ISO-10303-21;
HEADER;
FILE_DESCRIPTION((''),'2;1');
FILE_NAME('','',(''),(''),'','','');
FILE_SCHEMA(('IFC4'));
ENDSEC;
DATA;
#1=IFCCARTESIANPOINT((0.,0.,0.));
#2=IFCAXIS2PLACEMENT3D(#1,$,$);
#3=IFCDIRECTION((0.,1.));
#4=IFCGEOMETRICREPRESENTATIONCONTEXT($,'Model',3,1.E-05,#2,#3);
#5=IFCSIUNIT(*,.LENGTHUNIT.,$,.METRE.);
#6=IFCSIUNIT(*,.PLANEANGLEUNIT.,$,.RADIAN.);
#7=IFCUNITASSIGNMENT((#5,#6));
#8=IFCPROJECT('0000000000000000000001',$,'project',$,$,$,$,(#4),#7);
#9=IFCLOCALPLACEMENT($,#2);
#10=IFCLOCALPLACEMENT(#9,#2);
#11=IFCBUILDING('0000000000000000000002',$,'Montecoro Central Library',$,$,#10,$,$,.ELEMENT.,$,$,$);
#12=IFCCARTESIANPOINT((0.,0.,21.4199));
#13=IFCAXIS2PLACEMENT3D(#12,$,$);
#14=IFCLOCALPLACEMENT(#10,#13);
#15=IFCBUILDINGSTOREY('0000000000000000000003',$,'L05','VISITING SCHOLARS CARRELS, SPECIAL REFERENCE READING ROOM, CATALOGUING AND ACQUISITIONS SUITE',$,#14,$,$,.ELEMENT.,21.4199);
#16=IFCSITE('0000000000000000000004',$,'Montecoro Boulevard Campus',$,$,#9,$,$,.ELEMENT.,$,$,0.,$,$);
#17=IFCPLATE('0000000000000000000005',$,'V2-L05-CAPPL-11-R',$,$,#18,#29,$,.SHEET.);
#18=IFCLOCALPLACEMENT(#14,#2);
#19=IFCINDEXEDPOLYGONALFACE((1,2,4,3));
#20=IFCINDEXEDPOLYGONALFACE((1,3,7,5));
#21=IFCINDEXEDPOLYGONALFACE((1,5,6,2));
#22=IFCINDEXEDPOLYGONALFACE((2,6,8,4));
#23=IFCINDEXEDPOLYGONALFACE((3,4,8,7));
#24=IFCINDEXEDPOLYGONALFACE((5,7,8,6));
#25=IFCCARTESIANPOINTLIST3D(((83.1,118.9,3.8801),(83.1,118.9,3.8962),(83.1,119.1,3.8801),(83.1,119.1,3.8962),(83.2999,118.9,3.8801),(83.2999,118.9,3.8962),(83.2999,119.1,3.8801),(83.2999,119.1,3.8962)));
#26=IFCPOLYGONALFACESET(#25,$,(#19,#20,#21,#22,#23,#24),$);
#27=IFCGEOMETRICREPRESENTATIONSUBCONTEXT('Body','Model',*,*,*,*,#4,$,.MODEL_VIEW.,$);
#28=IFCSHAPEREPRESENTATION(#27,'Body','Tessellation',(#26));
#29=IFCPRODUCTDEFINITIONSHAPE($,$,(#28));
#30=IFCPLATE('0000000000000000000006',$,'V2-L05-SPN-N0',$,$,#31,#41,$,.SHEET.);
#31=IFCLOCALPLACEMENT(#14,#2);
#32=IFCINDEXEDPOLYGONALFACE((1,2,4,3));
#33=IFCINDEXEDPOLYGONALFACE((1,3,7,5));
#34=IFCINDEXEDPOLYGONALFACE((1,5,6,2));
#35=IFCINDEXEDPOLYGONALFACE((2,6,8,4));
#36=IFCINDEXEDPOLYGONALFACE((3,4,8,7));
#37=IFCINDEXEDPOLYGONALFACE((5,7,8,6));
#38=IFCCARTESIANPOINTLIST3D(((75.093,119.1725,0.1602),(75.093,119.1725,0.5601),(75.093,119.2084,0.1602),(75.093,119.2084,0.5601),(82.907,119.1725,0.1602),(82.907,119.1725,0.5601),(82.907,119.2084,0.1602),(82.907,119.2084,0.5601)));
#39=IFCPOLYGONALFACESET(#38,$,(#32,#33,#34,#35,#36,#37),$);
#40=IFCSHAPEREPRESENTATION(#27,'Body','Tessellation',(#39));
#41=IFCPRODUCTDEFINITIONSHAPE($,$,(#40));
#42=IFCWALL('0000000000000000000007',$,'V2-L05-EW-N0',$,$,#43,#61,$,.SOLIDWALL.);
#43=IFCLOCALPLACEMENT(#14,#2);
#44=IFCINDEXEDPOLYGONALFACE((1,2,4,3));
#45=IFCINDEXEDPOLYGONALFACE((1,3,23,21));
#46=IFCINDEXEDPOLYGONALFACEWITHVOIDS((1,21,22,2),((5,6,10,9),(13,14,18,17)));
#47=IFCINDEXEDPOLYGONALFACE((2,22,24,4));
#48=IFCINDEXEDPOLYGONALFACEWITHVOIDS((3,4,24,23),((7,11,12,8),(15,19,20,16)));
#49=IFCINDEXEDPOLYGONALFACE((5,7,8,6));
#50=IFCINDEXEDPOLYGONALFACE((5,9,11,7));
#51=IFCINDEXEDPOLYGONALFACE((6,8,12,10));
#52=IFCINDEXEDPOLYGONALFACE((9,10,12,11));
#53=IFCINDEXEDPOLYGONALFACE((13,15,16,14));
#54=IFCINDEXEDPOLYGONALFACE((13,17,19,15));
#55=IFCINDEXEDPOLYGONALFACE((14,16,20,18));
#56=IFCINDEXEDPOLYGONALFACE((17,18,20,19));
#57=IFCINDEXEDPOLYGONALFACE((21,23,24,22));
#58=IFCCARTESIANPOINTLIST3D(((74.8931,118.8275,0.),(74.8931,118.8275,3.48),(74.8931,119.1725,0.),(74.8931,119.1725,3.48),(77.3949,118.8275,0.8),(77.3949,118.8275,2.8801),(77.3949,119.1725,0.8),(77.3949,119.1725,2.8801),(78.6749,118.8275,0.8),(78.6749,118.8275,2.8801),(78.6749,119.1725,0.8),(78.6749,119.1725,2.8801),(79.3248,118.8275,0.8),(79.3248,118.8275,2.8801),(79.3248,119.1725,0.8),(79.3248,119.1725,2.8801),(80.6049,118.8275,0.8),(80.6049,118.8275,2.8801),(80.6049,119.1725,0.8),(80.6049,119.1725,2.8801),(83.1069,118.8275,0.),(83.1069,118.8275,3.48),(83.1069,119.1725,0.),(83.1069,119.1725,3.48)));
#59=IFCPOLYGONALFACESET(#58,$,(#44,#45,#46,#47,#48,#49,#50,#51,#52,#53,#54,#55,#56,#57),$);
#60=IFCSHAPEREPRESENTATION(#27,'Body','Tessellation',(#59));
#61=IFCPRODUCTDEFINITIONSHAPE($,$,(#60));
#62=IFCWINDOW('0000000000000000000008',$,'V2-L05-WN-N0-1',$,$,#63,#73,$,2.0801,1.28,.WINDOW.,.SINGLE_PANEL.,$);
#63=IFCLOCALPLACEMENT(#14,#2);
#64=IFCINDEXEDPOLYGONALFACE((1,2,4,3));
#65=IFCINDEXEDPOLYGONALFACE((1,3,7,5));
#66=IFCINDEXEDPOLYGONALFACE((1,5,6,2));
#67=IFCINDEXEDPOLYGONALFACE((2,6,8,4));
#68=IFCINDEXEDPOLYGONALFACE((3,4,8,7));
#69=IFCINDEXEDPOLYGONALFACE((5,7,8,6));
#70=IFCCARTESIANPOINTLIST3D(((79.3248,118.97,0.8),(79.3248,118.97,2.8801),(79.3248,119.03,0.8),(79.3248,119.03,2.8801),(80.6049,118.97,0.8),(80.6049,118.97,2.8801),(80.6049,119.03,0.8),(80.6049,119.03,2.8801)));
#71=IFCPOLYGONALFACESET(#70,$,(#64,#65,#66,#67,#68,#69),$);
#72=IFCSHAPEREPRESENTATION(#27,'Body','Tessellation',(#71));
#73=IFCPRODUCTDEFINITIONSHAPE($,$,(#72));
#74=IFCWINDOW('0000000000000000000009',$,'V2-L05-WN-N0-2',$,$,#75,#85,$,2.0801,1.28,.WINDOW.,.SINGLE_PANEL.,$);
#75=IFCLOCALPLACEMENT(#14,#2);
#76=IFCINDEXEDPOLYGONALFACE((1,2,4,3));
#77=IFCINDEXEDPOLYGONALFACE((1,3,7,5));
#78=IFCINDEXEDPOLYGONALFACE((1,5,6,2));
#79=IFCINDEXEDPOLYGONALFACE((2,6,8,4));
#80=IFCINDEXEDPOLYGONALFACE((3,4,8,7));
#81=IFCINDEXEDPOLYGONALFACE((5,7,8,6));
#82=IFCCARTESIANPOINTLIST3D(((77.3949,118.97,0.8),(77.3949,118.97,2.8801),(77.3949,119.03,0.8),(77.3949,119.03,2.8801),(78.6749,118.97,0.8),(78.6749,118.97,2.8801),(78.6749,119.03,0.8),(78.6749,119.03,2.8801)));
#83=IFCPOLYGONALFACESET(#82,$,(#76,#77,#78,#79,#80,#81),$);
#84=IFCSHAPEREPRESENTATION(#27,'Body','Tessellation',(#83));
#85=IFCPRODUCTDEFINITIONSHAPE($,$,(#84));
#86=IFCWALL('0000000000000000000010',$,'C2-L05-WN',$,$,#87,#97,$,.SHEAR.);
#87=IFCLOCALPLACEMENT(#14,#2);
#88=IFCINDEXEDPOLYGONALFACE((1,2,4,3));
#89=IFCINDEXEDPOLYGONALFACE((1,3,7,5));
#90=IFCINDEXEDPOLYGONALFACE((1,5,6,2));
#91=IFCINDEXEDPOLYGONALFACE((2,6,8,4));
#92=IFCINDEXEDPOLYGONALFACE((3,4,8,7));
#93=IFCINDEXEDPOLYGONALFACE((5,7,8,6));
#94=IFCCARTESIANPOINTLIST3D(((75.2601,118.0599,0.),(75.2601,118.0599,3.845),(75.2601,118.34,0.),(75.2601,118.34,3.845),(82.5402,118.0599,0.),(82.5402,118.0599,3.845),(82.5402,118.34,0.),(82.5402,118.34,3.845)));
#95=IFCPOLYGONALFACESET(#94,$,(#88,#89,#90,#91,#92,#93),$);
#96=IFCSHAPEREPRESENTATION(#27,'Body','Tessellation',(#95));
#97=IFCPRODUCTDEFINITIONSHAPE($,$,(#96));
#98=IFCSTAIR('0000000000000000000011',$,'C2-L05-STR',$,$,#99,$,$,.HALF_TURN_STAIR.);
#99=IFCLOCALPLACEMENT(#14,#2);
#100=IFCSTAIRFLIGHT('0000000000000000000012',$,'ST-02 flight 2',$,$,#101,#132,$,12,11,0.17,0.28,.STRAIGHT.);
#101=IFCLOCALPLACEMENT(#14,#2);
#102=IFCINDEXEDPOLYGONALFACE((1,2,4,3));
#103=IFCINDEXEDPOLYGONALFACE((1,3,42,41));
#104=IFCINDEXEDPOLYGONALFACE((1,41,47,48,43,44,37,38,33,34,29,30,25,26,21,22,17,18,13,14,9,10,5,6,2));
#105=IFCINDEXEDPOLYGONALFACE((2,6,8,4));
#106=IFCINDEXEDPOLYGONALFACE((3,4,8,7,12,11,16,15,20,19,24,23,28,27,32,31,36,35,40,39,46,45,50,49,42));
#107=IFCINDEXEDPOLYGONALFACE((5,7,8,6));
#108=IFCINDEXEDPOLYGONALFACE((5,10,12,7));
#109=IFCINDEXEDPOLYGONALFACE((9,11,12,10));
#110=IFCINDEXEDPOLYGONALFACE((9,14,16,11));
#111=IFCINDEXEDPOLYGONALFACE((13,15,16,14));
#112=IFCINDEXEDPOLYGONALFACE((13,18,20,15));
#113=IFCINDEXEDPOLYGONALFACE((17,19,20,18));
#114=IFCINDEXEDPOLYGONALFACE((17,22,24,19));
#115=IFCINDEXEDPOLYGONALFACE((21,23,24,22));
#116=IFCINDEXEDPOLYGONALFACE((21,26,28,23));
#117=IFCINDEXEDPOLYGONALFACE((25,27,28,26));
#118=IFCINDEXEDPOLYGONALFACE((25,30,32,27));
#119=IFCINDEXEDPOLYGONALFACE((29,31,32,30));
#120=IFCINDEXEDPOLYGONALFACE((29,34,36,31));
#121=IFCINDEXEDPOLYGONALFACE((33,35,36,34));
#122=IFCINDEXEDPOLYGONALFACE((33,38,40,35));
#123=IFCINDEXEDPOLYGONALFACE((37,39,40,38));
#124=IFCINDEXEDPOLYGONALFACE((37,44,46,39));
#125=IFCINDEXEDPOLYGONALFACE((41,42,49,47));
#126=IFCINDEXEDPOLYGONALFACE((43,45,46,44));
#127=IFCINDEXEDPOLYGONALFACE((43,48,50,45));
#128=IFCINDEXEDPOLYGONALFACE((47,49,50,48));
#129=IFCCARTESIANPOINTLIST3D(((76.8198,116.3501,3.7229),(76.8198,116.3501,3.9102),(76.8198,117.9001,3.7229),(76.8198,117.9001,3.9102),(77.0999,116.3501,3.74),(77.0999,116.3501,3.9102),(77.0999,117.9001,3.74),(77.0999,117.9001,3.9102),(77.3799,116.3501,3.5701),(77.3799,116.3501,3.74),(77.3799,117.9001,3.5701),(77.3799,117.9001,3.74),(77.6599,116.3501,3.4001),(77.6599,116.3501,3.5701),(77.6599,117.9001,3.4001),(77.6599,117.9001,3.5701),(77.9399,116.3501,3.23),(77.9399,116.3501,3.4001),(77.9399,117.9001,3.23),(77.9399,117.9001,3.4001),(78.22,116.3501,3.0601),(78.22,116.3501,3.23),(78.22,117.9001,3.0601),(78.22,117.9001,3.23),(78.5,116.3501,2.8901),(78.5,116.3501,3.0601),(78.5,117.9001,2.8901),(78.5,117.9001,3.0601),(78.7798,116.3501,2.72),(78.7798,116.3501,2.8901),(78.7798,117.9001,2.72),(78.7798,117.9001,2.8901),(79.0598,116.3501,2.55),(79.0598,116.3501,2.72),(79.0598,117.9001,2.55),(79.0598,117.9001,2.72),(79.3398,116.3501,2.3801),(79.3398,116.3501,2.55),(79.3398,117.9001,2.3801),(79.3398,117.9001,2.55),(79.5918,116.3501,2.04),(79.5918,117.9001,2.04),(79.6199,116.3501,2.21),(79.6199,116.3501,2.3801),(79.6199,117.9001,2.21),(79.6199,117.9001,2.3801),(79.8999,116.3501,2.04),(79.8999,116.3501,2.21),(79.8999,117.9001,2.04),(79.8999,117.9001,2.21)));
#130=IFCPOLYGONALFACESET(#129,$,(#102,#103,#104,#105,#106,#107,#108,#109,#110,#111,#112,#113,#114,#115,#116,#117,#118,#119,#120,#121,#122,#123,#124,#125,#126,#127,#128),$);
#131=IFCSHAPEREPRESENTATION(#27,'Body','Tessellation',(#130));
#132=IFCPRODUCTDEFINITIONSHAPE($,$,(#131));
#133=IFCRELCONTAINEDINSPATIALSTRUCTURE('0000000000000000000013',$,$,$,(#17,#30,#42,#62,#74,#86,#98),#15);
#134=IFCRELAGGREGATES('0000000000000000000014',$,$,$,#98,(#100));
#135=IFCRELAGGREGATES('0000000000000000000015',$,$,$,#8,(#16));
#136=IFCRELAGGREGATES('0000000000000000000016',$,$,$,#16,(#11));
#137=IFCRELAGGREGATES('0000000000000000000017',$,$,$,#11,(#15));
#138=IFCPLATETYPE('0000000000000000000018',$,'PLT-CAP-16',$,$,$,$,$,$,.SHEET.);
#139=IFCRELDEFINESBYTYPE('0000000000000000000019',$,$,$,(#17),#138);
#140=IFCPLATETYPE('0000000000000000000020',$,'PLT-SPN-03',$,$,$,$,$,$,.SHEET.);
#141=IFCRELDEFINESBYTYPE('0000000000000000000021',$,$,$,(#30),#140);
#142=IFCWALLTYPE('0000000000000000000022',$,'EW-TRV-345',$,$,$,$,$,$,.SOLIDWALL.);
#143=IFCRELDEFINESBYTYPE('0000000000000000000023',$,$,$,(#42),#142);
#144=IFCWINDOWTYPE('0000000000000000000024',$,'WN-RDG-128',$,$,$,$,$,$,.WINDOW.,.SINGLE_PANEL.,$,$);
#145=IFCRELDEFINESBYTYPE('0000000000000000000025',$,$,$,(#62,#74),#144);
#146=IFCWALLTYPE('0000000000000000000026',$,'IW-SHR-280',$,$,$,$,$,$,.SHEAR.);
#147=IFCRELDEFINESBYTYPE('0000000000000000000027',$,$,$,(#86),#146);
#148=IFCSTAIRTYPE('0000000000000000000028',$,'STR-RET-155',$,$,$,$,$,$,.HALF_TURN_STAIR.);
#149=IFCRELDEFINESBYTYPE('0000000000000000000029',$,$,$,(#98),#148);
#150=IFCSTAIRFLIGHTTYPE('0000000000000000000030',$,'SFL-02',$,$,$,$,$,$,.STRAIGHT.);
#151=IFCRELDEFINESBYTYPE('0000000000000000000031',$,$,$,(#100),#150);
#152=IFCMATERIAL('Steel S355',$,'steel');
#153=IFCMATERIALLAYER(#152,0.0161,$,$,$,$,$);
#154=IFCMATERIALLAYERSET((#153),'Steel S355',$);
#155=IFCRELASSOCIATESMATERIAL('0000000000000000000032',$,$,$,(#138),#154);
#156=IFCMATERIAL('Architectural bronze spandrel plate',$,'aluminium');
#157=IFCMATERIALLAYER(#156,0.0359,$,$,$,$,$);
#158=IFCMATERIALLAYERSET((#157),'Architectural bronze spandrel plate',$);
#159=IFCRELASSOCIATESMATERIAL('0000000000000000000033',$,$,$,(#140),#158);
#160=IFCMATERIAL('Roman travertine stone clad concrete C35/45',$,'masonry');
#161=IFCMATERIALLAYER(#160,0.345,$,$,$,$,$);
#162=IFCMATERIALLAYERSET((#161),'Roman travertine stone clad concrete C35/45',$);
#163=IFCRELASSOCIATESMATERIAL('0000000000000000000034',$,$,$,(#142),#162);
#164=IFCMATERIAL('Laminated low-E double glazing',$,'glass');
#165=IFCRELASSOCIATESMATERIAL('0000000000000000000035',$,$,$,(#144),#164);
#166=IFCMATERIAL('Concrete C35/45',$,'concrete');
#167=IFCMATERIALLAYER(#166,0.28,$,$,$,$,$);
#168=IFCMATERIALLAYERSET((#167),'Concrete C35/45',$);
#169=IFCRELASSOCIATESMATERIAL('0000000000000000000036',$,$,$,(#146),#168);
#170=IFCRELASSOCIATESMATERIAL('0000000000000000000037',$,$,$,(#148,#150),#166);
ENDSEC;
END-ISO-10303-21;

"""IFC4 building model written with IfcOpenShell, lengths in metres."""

from ifc_helpers import new_model, si_unit, direction, frame, frame_2d, origin, origin_2d, place, context, subcontext, project, spatial, polyline, rectangle, outline, extrude, material, layer, layer_set, type_object, element, fill, aggregate, save


model = new_model("IFC4")

# Units and contexts
model_context = context("Model", 3, precision=1e-05, world=origin(), true_north=direction((0.0, 1.0)))
body_context = subcontext(model_context, "Body", "Model", "MODEL_VIEW")
ifc_project = project(units=[si_unit("LENGTHUNIT", "METRE"), si_unit("PLANEANGLEUNIT", "RADIAN")], contexts=[model_context])

# Site, building, storey
site_placement = place(None, origin())
site = spatial("IfcSite", under=ifc_project, at=site_placement, Name="Montecoro Boulevard Campus", CompositionType="ELEMENT", RefElevation=0.0)
building_placement = place(site_placement, origin())
building = spatial("IfcBuilding", under=site, at=building_placement, Name="Montecoro Central Library", CompositionType="ELEMENT")
storey_placement = place(building_placement, frame((0.0, 0.0, 21.4199)))
storey = spatial("IfcBuildingStorey", under=building, at=storey_placement, Name="L05", Description="VISITING SCHOLARS CARRELS, SPECIAL REFERENCE READING ROOM, CATALOGUING AND ACQUISITIONS SUITE", CompositionType="ELEMENT", Elevation=21.4199)

# Shared definitions
ifc_material_1 = material(Name="Steel S355", Category="steel")

# Shared definitions
ifc_material_2 = material(Name="Laminated low-E double glazing", Category="glass")

# Plates
ifc_layer_1 = layer(ifc_material_1, 0.0161)
ifc_layer_set_1 = layer_set([ifc_layer_1], Name="Steel S355")
plate_type_1 = type_object("IfcPlateType", Name="PLT-CAP-16", PredefinedType="SHEET", material=ifc_layer_set_1)
for number, where, z_axis, x_axis, name in (
    (1, (83.2, 119.0, 3.8801), (0.0, 0.0, 1.0), (1.0, 0.0, 0.0), "V2-L05-CAPPL-11-R"),
):
    element("IfcPlate", number, at=place(storey_placement, frame(where, z_axis=z_axis, x_axis=x_axis)), inside=storey, type_object=plate_type_1, Name=name, PredefinedType="SHEET", context=body_context, shape_type="SweptSolid", body=[
        extrude(rectangle(XDim=0.2, YDim=0.2, at=origin_2d()), origin(), (0.0, 0.0, 1.0), 0.0161),
    ])
ifc_material_3 = material(Name="Architectural bronze spandrel plate", Category="aluminium")
ifc_layer_2 = layer(ifc_material_3, 0.0359)
ifc_layer_set_2 = layer_set([ifc_layer_2], Name="Architectural bronze spandrel plate")
plate_type_2 = type_object("IfcPlateType", Name="PLT-SPN-03", PredefinedType="SHEET", material=ifc_layer_set_2)
plate_1_placement = place(storey_placement, frame((79.0, 119.1904, 0.1602), z_axis=(0.0, 0.0, 1.0), x_axis=(-1.0, 0.0, 0.0)))
element("IfcPlate", 2, at=plate_1_placement, inside=storey, type_object=plate_type_2, Name="V2-L05-SPN-N0", PredefinedType="SHEET", context=body_context, shape_type="SweptSolid", body=[
    extrude(rectangle(XDim=7.814, YDim=0.0359, at=origin_2d()), origin(), (0.0, 0.0, 1.0), 0.3999),
])

# Wall, openings, windows
ifc_material_4 = material(Name="Roman travertine stone clad concrete C35/45", Category="masonry")
ifc_layer_3 = layer(ifc_material_4, 0.345)
ifc_layer_set_3 = layer_set([ifc_layer_3], Name="Roman travertine stone clad concrete C35/45")
wall_type_1 = type_object("IfcWallType", Name="EW-TRV-345", PredefinedType="SOLIDWALL", material=ifc_layer_set_3)
wall_1_placement = place(storey_placement, frame((83.1069, 119.0, 0.0), z_axis=(0.0, 0.0, 1.0), x_axis=(-1.0, 0.0, 0.0)))
wall_1 = element("IfcWall", 3, at=wall_1_placement, inside=storey, type_object=wall_type_1, Name="V2-L05-EW-N0", PredefinedType="SOLIDWALL", context=body_context, shape_type="SweptSolid", body=[
    extrude(rectangle(XDim=8.2139, YDim=0.345, at=frame_2d((4.1069, 0.0))), origin(), (0.0, 0.0, 1.0), 3.48),
])
opening_1_placement = place(wall_1_placement, frame((2.502, 0.0, 0.8)))
opening_1 = element("IfcOpeningElement", 4, at=opening_1_placement, cuts=wall_1, PredefinedType="OPENING", context=body_context, shape_type="SweptSolid", body=[
    extrude(rectangle(XDim=1.28, YDim=2.0801, at=frame_2d((0.6401, 1.04))), frame((0.0, 0.1824, 0.0), z_axis=(0.0, -1.0, 0.0), x_axis=(1.0, 0.0, 0.0)), (0.0, 0.0, 1.0), 0.365),
])
opening_2_placement = place(wall_1_placement, frame((4.4319, 0.0, 0.8)))
opening_2 = element("IfcOpeningElement", 5, at=opening_2_placement, cuts=wall_1, PredefinedType="OPENING", context=body_context, shape_type="SweptSolid", body=[
    extrude(rectangle(XDim=1.28, YDim=2.0801, at=frame_2d((0.6401, 1.04))), frame((0.0, 0.1824, 0.0), z_axis=(0.0, -1.0, 0.0), x_axis=(1.0, 0.0, 0.0)), (0.0, 0.0, 1.0), 0.365),
])
window_type = type_object("IfcWindowType", Name="WN-RDG-128", PartitioningType="SINGLE_PANEL", PredefinedType="WINDOW", material=ifc_material_2)
window_1_placement = place(opening_1_placement, origin())
window_1 = element("IfcWindow", 6, at=window_1_placement, inside=storey, type_object=window_type, Name="V2-L05-WN-N0-1", OverallHeight=2.0801, OverallWidth=1.28, PartitioningType="SINGLE_PANEL", PredefinedType="WINDOW", context=body_context, shape_type="SweptSolid", body=[
    extrude(rectangle(XDim=1.28, YDim=2.0801, at=frame_2d((0.6401, 1.04))), frame((0.0, 0.03, 0.0), z_axis=(0.0, -1.0, 0.0), x_axis=(1.0, 0.0, 0.0)), (0.0, 0.0, 1.0), 0.0601),
])
fill(opening_1, window_1)
window_2_placement = place(opening_2_placement, origin())
window_2 = element("IfcWindow", 7, at=window_2_placement, inside=storey, type_object=window_type, Name="V2-L05-WN-N0-2", OverallHeight=2.0801, OverallWidth=1.28, PartitioningType="SINGLE_PANEL", PredefinedType="WINDOW", context=body_context, shape_type="SweptSolid", body=[
    extrude(rectangle(XDim=1.28, YDim=2.0801, at=frame_2d((0.6401, 1.04))), frame((0.0, 0.03, 0.0), z_axis=(0.0, -1.0, 0.0), x_axis=(1.0, 0.0, 0.0)), (0.0, 0.0, 1.0), 0.0601),
])
fill(opening_2, window_2)

# Wall
ifc_material_5 = material(Name="Concrete C35/45", Category="concrete")
ifc_layer_4 = layer(ifc_material_5, 0.28)
ifc_layer_set_4 = layer_set([ifc_layer_4], Name="Concrete C35/45")
wall_type_2 = type_object("IfcWallType", Name="IW-SHR-280", PredefinedType="SHEAR", material=ifc_layer_set_4)
wall_2_placement = place(storey_placement, frame((75.26, 118.2, 0.0), z_axis=(0.0, 0.0, 1.0), x_axis=(1.0, 0.0, 0.0)))
element("IfcWall", 8, at=wall_2_placement, inside=storey, type_object=wall_type_2, Name="C2-L05-WN", PredefinedType="SHEAR", context=body_context, shape_type="SweptSolid", body=[
    extrude(rectangle(XDim=7.28, YDim=0.28, at=frame_2d((3.6401, 0.0))), origin(), (0.0, 0.0, 1.0), 3.845),
])

# Stair, stair flight
stair_type = type_object("IfcStairType", Name="STR-RET-155", PredefinedType="HALF_TURN_STAIR", material=ifc_material_5)
stair_placement = place(storey_placement, origin())
stair = element("IfcStair", 9, at=stair_placement, inside=storey, type_object=stair_type, Name="C2-L05-STR", PredefinedType="HALF_TURN_STAIR")
stair_flight_type = type_object("IfcStairFlightType", Name="SFL-02", PredefinedType="STRAIGHT", material=ifc_material_5)
stair_flight_placement = place(storey_placement, frame((79.8999, 117.125, 2.04), z_axis=(0.0, 0.0, 1.0), x_axis=(-1.0, 0.0, 0.0)))
stair_flight = element("IfcStairFlight", 10, at=stair_flight_placement, type_object=stair_flight_type, Name="ST-02 flight 2", NumberOfRisers=12, NumberOfTreads=11, PredefinedType="STRAIGHT", RiserHeight=0.17, TreadLength=0.28, context=body_context, shape_type="SweptSolid", body=[
    extrude(outline(polyline([(0.0, 0.0), (0.0, 0.1699), (0.28, 0.1699), (0.28, 0.3401), (0.5601, 0.3401), (0.5601, 0.51), (0.8401, 0.51), (0.8401, 0.6799), (1.1201, 0.6799), (1.1201, 0.8501), (1.3999, 0.8501), (1.3999, 1.02), (1.6799, 1.02), (1.6799, 1.1899), (1.96, 1.1899), (1.96, 1.3601), (2.24, 1.3601), (2.24, 1.53), (2.52, 1.53), (2.52, 1.7), (2.8, 1.7), (2.8, 1.8701), (3.0801, 1.8701), (3.0801, 2.04), (3.0801, 1.6829), (0.3081, 0.0), (0.0, 0.0)])), frame((0.0, 0.7749, 0.0), z_axis=(0.0, -1.0, 0.0), x_axis=(1.0, 0.0, 0.0)), (0.0, 0.0, 1.0), 1.55),
])
aggregate(stair, [stair_flight])

save(model, "model.ifc")
